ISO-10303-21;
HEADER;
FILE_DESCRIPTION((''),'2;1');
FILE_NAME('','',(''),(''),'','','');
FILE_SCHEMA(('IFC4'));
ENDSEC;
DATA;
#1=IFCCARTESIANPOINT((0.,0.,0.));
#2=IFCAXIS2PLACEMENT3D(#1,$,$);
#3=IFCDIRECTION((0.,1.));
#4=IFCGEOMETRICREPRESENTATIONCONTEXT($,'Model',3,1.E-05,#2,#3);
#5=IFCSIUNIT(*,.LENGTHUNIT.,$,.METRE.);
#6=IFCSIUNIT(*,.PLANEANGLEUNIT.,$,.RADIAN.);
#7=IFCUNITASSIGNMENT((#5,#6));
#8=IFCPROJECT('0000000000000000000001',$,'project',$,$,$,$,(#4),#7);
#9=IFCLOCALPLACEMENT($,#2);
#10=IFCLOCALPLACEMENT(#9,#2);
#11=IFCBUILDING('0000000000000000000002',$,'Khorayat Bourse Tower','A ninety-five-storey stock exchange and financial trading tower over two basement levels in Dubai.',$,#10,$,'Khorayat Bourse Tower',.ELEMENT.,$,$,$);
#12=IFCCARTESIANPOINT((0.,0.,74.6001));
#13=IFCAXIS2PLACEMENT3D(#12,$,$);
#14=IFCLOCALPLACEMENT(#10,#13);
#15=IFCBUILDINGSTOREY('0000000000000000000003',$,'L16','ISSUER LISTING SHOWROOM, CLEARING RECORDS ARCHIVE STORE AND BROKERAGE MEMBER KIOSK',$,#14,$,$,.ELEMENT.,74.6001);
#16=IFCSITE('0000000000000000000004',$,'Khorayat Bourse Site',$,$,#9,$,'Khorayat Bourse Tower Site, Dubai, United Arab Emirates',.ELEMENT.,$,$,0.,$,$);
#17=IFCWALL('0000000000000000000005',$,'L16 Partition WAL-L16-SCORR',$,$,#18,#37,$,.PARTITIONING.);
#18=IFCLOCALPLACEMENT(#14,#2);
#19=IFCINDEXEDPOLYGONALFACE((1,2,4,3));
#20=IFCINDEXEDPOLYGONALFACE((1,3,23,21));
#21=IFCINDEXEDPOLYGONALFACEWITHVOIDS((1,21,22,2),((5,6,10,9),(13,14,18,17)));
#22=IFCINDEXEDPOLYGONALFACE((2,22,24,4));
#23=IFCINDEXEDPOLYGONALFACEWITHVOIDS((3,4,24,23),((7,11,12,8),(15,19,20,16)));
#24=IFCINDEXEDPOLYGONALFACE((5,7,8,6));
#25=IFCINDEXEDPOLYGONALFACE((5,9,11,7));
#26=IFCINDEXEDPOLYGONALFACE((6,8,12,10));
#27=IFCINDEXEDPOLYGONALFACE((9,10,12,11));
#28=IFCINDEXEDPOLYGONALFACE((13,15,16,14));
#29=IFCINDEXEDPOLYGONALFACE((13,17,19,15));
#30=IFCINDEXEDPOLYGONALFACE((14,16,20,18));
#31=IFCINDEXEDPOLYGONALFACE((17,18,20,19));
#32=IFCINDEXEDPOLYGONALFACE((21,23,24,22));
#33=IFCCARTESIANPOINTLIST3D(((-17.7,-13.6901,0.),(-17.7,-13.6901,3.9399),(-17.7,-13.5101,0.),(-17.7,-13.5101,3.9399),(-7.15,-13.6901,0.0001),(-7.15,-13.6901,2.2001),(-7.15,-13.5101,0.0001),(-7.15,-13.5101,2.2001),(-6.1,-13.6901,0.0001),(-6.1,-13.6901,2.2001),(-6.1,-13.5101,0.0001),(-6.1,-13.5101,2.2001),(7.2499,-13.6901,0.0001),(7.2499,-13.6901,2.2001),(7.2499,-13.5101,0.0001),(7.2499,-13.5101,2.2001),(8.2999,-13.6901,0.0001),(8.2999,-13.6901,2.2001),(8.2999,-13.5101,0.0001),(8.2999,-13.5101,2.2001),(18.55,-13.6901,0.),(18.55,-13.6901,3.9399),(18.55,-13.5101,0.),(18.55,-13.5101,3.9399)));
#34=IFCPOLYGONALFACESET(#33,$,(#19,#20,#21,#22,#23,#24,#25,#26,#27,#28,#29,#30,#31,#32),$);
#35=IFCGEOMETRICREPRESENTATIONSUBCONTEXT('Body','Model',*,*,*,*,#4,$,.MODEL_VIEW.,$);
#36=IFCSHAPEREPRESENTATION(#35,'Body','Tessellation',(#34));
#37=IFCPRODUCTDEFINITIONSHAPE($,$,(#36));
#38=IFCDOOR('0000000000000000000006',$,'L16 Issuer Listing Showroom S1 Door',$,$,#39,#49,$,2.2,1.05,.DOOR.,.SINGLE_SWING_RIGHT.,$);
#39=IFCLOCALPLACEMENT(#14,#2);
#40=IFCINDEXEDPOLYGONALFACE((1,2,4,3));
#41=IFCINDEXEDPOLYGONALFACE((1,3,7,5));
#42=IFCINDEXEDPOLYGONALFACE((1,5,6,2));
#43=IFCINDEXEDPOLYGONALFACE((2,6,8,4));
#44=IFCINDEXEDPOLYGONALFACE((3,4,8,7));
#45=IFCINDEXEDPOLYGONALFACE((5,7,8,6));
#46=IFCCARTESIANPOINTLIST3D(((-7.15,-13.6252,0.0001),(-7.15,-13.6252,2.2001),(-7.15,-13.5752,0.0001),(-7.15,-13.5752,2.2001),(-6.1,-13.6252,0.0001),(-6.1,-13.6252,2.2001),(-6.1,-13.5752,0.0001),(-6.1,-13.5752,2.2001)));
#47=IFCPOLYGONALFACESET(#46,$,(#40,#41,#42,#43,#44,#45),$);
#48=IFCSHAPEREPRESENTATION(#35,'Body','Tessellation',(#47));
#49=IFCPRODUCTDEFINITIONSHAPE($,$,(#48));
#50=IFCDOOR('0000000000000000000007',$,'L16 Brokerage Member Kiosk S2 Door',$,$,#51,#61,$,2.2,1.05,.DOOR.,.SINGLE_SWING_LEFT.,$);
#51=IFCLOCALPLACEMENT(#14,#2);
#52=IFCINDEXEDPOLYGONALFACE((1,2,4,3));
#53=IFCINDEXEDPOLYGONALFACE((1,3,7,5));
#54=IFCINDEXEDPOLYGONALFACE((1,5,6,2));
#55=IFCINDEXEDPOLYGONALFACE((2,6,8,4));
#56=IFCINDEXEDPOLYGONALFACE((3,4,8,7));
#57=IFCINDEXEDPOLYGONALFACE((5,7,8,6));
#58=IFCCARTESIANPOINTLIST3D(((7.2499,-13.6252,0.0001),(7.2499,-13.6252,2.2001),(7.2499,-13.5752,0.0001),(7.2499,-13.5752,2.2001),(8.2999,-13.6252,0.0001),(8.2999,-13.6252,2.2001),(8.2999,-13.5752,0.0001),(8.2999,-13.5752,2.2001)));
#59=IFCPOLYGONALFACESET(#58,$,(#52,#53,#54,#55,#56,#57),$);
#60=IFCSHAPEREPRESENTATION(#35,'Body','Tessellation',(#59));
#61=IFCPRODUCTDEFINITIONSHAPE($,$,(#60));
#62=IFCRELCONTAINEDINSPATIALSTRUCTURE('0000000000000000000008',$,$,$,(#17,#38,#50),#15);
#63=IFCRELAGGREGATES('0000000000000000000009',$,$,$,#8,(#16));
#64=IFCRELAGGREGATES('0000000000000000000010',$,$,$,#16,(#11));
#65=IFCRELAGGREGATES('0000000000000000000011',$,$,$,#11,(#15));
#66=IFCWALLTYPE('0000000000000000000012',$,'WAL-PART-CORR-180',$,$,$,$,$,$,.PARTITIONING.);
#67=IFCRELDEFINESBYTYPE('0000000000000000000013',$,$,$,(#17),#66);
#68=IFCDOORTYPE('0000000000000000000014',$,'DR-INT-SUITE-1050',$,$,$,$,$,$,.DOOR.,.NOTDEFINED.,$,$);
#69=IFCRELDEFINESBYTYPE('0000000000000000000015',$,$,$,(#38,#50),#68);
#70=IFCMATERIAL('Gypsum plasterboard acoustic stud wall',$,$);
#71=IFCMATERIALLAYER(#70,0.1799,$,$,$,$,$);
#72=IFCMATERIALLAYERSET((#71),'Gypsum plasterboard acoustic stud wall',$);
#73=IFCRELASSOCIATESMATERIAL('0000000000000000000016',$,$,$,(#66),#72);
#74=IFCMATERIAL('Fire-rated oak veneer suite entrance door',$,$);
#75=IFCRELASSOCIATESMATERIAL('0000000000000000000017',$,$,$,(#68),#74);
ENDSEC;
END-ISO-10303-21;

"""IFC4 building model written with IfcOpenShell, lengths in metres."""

from ifc_helpers import new_model, si_unit, direction, frame, frame_2d, origin, place, context, subcontext, project, spatial, rectangle, extrude, source, transform, mapped, material, layer, layer_set, type_object, element, fill, save


model = new_model("IFC4")

# Units and contexts
model_context = context("Model", 3, precision=1e-05, world=origin(), true_north=direction((0.0, 1.0)))
body_context = subcontext(model_context, "Body", "Model", "MODEL_VIEW")
ifc_project = project(units=[si_unit("LENGTHUNIT", "METRE"), si_unit("PLANEANGLEUNIT", "RADIAN")], contexts=[model_context])

# Site, building, storey
site_placement = place(None, origin())
site = spatial("IfcSite", under=ifc_project, at=site_placement, Name="Khorayat Bourse Site", LongName="Khorayat Bourse Tower Site, Dubai, United Arab Emirates", CompositionType="ELEMENT", RefElevation=0.0)
building_placement = place(site_placement, origin())
building = spatial("IfcBuilding", under=site, at=building_placement, Name="Khorayat Bourse Tower", Description="A ninety-five-storey stock exchange and financial trading tower over two basement levels in Dubai.", LongName="Khorayat Bourse Tower", CompositionType="ELEMENT")
storey_placement = place(building_placement, frame((0.0, 0.0, 74.6001)))
storey = spatial("IfcBuildingStorey", under=building, at=storey_placement, Name="L16", Description="ISSUER LISTING SHOWROOM, CLEARING RECORDS ARCHIVE STORE AND BROKERAGE MEMBER KIOSK", CompositionType="ELEMENT", Elevation=74.6001)

# Wall, openings, doors
ifc_material_1 = material(Name="Gypsum plasterboard acoustic stud wall")
ifc_layer_1 = layer(ifc_material_1, 0.1799)
ifc_layer_set_1 = layer_set([ifc_layer_1], Name="Gypsum plasterboard acoustic stud wall")
wall_type_1 = type_object("IfcWallType", Name="WAL-PART-CORR-180", PredefinedType="PARTITIONING", material=ifc_layer_set_1)
shared_shape_1 = source(origin(), body_context, "Body", "SweptSolid", [
    extrude(rectangle(XDim=36.25, YDim=0.1799, at=frame_2d((18.125, 0.0))), origin(), (0.0, 0.0, 1.0), 3.9399),
])
wall_1_placement = place(storey_placement, frame((-17.7, -13.6001, 0.0), z_axis=(0.0, 0.0, 1.0), x_axis=(1.0, 0.0, 0.0)))
wall_1 = element("IfcWall", 1, at=wall_1_placement, inside=storey, type_object=wall_type_1, Name="L16 Partition WAL-L16-SCORR", PredefinedType="PARTITIONING", context=body_context, shape_type="MappedRepresentation", body=[
    mapped(shared_shape_1, transform((0.0, 0.0, 0.0), scale=1.0)),
])
shared_shape_2 = source(origin(), body_context, "Body", "SweptSolid", [
    extrude(rectangle(XDim=1.05, YDim=2.2, at=frame_2d((0.5249, 1.1001))), frame((0.0, 0.0999, 0.0), z_axis=(0.0, -1.0, 0.0), x_axis=(1.0, 0.0, 0.0)), (0.0, 0.0, 1.0), 0.2),
])
opening_1_placement = place(wall_1_placement, frame((10.55, 0.0, 0.0)))
opening_1 = element("IfcOpeningElement", 2, at=opening_1_placement, cuts=wall_1, PredefinedType="OPENING", context=body_context, shape_type="MappedRepresentation", body=[
    mapped(shared_shape_2, transform((0.0, 0.0, 0.0), scale=1.0)),
])
opening_2_placement = place(wall_1_placement, frame((24.95, 0.0, 0.0)))
opening_2 = element("IfcOpeningElement", 3, at=opening_2_placement, cuts=wall_1, PredefinedType="OPENING", context=body_context, shape_type="MappedRepresentation", body=[
    mapped(shared_shape_2, transform((0.0, 0.0, 0.0), scale=1.0)),
])
ifc_material_2 = material(Name="Fire-rated oak veneer suite entrance door")
door_type_1 = type_object("IfcDoorType", Name="DR-INT-SUITE-1050", OperationType="NOTDEFINED", PredefinedType="DOOR", material=ifc_material_2)
shared_shape_3 = source(origin(), body_context, "Body", "SweptSolid", [
    extrude(rectangle(XDim=1.05, YDim=2.2, at=frame_2d((0.5249, 1.1001))), frame((0.0, 0.0249, 0.0), z_axis=(0.0, -1.0, 0.0), x_axis=(1.0, 0.0, 0.0)), (0.0, 0.0, 1.0), 0.05),
])
door_1_placement = place(opening_1_placement, origin())
door_1 = element("IfcDoor", 4, at=door_1_placement, inside=storey, type_object=door_type_1, Name="L16 Issuer Listing Showroom S1 Door", OperationType="SINGLE_SWING_RIGHT", OverallHeight=2.2, OverallWidth=1.05, PredefinedType="DOOR", context=body_context, shape_type="MappedRepresentation", body=[
    mapped(shared_shape_3, transform((0.0, 0.0, 0.0), scale=1.0)),
])
fill(opening_1, door_1)
door_2_placement = place(opening_2_placement, origin())
door_2 = element("IfcDoor", 5, at=door_2_placement, inside=storey, type_object=door_type_1, Name="L16 Brokerage Member Kiosk S2 Door", OperationType="SINGLE_SWING_LEFT", OverallHeight=2.2, OverallWidth=1.05, PredefinedType="DOOR", context=body_context, shape_type="MappedRepresentation", body=[
    mapped(shared_shape_3, transform((0.0, 0.0, 0.0), scale=1.0)),
])
fill(opening_2, door_2)

save(model, "model.ifc")
